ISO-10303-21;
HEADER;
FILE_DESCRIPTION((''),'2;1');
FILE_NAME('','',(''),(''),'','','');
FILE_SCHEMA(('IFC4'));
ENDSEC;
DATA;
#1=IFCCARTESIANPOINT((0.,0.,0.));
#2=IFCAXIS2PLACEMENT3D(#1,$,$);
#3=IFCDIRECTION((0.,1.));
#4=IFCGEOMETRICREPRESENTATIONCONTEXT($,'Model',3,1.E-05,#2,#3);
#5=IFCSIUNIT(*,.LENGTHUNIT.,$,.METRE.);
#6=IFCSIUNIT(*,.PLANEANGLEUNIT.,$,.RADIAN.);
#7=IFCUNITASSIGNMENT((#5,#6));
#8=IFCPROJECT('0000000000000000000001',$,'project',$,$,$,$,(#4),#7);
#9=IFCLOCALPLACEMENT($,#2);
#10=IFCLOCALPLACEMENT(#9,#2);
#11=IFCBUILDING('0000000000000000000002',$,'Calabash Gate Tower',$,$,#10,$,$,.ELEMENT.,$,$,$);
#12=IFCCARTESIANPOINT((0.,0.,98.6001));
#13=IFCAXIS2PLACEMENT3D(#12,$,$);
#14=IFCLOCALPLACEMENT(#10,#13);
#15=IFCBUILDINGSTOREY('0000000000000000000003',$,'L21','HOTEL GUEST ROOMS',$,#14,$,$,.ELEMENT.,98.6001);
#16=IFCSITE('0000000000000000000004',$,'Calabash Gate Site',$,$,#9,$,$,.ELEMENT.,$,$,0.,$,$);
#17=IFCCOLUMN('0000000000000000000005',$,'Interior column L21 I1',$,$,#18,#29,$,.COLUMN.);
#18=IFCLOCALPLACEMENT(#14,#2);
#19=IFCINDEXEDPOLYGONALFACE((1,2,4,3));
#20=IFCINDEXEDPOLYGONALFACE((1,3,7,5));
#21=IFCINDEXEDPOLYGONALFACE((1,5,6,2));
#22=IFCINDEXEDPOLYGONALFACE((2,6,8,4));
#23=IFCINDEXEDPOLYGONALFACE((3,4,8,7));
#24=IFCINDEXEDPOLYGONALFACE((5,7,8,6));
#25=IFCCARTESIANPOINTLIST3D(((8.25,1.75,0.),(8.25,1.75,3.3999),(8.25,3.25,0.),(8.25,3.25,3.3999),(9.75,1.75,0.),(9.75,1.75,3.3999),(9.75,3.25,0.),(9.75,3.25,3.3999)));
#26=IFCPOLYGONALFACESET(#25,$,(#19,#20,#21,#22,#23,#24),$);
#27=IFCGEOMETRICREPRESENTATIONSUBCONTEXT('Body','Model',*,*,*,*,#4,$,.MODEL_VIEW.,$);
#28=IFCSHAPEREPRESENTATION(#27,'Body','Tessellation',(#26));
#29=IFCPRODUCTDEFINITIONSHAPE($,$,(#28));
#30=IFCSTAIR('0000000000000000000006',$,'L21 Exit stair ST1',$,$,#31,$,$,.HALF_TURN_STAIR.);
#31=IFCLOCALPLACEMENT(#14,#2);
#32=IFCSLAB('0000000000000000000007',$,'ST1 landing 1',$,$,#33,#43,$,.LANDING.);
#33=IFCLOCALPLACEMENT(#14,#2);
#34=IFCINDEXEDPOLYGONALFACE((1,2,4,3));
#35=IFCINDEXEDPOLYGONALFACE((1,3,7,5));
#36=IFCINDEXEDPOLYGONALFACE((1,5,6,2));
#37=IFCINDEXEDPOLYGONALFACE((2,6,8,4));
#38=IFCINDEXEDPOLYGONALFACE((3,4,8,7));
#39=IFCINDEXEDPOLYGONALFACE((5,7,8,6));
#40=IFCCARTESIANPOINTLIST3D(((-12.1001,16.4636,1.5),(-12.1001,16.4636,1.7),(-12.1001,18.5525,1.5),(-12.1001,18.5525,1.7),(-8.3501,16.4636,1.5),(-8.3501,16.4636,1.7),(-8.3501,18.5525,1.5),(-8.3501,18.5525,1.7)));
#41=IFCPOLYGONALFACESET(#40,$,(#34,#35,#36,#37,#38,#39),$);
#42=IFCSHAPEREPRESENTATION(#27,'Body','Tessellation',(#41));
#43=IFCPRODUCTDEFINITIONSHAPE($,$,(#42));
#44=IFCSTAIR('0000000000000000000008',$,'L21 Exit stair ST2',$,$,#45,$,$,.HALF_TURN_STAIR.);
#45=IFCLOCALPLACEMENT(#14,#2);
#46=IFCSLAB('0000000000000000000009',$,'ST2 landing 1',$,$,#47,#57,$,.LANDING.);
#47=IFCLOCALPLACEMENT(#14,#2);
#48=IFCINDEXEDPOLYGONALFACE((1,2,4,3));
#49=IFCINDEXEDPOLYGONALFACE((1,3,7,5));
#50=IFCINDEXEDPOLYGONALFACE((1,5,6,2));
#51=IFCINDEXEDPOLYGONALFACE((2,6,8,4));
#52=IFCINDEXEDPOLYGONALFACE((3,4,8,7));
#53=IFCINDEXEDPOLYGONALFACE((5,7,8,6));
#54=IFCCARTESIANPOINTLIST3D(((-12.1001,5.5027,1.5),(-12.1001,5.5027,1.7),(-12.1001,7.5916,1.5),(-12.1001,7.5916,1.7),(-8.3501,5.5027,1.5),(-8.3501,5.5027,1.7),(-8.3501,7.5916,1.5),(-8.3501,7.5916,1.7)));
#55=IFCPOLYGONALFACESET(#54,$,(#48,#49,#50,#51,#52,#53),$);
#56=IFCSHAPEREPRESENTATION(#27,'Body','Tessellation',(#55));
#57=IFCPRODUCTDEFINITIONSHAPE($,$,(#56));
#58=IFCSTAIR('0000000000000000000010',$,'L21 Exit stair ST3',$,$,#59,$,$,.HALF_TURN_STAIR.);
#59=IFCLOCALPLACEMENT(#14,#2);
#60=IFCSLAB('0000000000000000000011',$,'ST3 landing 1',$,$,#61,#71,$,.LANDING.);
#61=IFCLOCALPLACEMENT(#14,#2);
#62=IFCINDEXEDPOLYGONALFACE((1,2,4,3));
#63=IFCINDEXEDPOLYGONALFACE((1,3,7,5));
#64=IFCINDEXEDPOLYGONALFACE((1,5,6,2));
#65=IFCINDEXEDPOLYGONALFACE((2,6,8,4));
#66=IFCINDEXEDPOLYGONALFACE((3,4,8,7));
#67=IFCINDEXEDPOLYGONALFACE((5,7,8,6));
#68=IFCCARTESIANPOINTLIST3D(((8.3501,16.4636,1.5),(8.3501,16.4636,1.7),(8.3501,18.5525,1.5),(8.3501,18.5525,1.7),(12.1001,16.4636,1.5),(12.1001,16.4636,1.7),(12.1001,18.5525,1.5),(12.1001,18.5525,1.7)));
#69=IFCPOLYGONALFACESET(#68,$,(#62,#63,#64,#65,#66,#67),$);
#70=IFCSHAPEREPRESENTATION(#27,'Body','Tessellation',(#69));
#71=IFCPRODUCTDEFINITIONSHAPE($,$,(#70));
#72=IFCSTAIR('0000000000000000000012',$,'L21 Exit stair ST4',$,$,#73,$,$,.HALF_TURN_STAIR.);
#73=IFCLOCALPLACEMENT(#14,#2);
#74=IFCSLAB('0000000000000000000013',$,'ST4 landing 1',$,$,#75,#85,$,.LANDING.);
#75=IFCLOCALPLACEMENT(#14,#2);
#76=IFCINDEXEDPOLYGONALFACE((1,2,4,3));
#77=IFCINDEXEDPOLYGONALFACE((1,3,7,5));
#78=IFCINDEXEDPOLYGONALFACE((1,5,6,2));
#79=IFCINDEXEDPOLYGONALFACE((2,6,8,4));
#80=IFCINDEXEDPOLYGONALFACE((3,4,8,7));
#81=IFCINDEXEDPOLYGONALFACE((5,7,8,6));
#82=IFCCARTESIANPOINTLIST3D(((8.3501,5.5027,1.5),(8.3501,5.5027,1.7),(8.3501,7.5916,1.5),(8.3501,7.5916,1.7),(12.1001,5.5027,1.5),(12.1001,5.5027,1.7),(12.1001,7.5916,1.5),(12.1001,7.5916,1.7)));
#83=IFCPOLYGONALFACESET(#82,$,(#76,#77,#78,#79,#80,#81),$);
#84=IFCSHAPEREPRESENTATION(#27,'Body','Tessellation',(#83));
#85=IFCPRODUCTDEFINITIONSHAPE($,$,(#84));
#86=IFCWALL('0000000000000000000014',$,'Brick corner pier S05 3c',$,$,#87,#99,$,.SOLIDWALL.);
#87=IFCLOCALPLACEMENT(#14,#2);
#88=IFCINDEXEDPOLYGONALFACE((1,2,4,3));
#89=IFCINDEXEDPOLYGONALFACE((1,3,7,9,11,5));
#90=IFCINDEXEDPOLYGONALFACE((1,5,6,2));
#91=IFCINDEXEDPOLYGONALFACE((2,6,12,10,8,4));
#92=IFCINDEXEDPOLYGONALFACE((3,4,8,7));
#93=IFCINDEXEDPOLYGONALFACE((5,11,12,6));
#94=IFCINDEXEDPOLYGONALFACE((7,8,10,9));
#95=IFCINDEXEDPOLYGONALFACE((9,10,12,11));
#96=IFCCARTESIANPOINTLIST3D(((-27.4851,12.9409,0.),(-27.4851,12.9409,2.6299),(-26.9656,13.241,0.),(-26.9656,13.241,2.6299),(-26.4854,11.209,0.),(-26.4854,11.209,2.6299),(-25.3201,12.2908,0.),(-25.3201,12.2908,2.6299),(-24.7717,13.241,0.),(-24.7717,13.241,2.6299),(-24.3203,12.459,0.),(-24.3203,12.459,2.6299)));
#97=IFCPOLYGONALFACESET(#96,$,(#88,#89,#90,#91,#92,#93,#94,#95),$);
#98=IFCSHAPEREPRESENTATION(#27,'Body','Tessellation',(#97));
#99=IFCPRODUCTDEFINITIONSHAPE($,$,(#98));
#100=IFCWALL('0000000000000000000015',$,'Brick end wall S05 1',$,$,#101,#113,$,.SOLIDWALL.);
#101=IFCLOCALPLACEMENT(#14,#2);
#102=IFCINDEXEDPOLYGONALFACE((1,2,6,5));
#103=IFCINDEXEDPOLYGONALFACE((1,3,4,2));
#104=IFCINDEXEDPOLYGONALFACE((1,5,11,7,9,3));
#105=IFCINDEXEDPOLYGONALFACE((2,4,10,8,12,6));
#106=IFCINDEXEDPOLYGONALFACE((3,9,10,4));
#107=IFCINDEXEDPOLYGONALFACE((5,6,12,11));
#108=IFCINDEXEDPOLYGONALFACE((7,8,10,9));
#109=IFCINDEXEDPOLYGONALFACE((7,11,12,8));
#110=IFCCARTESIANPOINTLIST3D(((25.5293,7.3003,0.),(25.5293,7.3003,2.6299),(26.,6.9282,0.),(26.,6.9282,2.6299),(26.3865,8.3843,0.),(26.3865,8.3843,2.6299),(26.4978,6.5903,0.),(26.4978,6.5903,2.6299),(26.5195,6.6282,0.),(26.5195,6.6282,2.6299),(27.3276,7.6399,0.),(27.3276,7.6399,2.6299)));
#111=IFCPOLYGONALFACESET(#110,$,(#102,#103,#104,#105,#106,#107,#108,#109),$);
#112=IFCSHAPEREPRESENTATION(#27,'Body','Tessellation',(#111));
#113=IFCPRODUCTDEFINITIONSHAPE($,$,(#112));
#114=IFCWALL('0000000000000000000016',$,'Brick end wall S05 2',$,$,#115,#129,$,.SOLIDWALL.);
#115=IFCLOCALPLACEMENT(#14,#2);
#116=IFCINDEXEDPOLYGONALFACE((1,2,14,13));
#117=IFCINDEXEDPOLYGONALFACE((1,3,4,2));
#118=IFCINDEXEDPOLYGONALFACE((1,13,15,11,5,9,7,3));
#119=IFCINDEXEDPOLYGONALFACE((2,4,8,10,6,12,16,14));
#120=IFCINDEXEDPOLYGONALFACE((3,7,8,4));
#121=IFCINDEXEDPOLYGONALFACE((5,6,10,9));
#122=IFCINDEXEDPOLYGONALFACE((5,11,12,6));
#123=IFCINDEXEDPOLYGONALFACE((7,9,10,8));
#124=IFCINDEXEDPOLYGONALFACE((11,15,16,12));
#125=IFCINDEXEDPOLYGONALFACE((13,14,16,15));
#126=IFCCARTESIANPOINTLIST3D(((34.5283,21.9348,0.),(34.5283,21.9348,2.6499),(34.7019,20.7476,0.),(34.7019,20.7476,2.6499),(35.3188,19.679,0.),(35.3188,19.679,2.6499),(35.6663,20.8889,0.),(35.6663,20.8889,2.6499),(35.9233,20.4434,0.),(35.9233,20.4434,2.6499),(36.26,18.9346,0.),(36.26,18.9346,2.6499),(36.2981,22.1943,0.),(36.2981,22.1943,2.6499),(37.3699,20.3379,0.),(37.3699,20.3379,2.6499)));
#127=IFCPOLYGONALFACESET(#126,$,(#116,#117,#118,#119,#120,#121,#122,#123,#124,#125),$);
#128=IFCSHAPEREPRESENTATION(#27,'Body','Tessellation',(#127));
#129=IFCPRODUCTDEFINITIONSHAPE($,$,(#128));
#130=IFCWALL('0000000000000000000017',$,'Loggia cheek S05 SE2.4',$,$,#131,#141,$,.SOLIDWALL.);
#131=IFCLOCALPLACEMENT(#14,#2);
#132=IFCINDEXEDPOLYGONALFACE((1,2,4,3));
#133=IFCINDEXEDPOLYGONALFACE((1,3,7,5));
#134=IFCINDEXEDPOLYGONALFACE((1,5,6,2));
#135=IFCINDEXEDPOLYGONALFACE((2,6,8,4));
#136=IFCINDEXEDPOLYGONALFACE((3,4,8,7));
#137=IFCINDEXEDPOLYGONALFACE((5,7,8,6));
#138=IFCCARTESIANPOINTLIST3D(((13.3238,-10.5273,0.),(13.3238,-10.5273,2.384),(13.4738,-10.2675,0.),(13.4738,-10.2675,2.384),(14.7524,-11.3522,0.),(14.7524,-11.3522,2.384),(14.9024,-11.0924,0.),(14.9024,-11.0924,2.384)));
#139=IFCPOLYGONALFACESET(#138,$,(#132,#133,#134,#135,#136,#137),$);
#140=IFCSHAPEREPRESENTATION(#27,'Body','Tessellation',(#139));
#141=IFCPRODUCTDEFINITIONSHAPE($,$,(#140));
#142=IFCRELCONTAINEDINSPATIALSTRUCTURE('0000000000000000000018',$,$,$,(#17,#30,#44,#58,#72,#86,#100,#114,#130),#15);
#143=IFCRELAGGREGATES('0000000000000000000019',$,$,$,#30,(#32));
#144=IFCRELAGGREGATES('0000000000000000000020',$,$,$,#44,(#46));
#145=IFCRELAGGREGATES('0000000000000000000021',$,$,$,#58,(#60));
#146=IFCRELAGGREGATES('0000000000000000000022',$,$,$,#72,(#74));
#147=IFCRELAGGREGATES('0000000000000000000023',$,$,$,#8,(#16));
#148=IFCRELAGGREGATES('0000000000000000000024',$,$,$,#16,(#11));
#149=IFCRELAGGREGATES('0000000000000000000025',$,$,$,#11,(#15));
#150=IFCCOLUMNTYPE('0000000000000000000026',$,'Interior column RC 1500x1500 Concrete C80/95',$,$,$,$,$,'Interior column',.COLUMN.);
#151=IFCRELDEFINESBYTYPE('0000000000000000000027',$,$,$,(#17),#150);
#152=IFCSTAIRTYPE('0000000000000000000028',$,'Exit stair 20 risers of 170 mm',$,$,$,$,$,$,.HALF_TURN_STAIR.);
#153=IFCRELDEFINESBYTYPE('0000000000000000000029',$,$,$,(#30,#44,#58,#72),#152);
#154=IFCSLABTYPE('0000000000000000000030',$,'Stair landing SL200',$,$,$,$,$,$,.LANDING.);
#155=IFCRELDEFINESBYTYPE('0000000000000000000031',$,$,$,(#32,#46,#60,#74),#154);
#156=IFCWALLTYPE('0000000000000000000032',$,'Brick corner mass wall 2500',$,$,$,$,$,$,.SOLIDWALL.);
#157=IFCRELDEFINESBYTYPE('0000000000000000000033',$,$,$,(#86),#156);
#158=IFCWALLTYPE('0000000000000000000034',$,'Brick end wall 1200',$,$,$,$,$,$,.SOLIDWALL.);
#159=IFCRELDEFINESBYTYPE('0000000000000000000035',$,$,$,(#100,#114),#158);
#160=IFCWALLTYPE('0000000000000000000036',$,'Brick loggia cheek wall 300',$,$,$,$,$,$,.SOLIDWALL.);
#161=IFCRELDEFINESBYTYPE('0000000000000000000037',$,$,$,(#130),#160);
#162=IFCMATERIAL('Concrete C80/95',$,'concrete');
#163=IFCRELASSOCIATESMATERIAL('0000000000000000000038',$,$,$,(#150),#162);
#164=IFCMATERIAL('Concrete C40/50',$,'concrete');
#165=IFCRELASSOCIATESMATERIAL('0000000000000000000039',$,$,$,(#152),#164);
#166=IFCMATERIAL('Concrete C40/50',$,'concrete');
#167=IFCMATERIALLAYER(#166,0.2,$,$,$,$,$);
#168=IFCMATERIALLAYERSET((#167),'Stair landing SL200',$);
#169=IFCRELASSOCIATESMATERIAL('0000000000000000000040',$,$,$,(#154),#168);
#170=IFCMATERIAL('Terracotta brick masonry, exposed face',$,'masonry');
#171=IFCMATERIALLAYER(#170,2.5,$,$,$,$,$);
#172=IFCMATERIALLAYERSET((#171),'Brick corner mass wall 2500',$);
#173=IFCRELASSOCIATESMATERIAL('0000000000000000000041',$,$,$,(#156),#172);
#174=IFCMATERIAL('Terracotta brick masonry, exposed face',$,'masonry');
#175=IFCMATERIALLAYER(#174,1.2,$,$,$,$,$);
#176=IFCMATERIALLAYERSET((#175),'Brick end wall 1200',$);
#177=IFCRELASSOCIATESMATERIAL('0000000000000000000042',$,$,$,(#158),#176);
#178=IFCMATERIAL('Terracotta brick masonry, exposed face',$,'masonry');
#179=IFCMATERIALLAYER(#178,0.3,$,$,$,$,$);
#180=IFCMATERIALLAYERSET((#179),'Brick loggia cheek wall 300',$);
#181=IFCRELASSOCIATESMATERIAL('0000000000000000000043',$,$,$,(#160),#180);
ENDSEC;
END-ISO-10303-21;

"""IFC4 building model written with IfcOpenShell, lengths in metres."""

from ifc_helpers import new_model, si_unit, direction, frame, frame_2d, origin, origin_2d, place, context, subcontext, project, spatial, polyline, rectangle, outline, extrude, material, layer, layer_set, material_profile, profile_set, type_object, element, aggregate, save


model = new_model("IFC4")

# Units and contexts
model_context = context("Model", 3, precision=1e-05, world=origin(), true_north=direction((0.0, 1.0)))
body_context = subcontext(model_context, "Body", "Model", "MODEL_VIEW")
ifc_project = project(units=[si_unit("LENGTHUNIT", "METRE"), si_unit("PLANEANGLEUNIT", "RADIAN")], contexts=[model_context])

# Site, building, storey
site_placement = place(None, origin())
site = spatial("IfcSite", under=ifc_project, at=site_placement, Name="Calabash Gate Site", CompositionType="ELEMENT", RefElevation=0.0)
building_placement = place(site_placement, origin())
building = spatial("IfcBuilding", under=site, at=building_placement, Name="Calabash Gate Tower", CompositionType="ELEMENT")
storey_placement = place(building_placement, frame((0.0, 0.0, 98.6001)))
storey = spatial("IfcBuildingStorey", under=building, at=storey_placement, Name="L21", Description="HOTEL GUEST ROOMS", CompositionType="ELEMENT", Elevation=98.6001)

# Column
ifc_material_1 = material(Name="Concrete C80/95", Category="concrete")
ifc_material_profile = material_profile(ifc_material_1, rectangle(XDim=1.5, YDim=1.5, at=origin_2d()))
ifc_profile_set = profile_set([ifc_material_profile], Name="Concrete C80/95")
column_type = type_object("IfcColumnType", Name="Interior column RC 1500x1500 Concrete C80/95", ElementType="Interior column", PredefinedType="COLUMN", material=ifc_profile_set)
column_placement = place(storey_placement, frame((9.0, 2.5, 0.0), z_axis=(0.0, 0.0, 1.0), x_axis=(1.0, 0.0, 0.0)))
element("IfcColumn", 1, at=column_placement, inside=storey, type_object=column_type, Name="Interior column L21 I1", PredefinedType="COLUMN", context=body_context, shape_type="SweptSolid", body=[
    extrude(rectangle(XDim=1.5, YDim=1.5, at=origin_2d()), origin(), (0.0, 0.0, 1.0), 3.3999),
])

# Stairs, slabs
ifc_material_2 = material(Name="Concrete C40/50", Category="concrete")
stair_type = type_object("IfcStairType", Name="Exit stair 20 risers of 170 mm", PredefinedType="HALF_TURN_STAIR", material=ifc_material_2)
stair_1_placement = place(storey_placement, origin())
stair_1 = element("IfcStair", 2, at=stair_1_placement, inside=storey, type_object=stair_type, Name="L21 Exit stair ST1", PredefinedType="HALF_TURN_STAIR")
ifc_material_3 = material(Name="Concrete C40/50", Category="concrete")
ifc_layer_1 = layer(ifc_material_3, 0.2)
ifc_layer_set_1 = layer_set([ifc_layer_1], Name="Stair landing SL200")
slab_type = type_object("IfcSlabType", Name="Stair landing SL200", PredefinedType="LANDING", material=ifc_layer_set_1)
slab_1_placement = place(storey_placement, frame((0.0, 0.0, 1.5)))
slab_1 = element("IfcSlab", 3, at=slab_1_placement, type_object=slab_type, Name="ST1 landing 1", PredefinedType="LANDING", context=body_context, shape_type="SweptSolid", body=[
    extrude(outline(polyline([(-8.3501, 16.4636), (-8.3501, 18.5525), (-12.1001, 18.5525), (-12.1001, 16.4636), (-8.3501, 16.4636)])), origin(), (0.0, 0.0, 1.0), 0.2),
])
aggregate(stair_1, [slab_1])
stair_2_placement = place(storey_placement, origin())
stair_2 = element("IfcStair", 4, at=stair_2_placement, inside=storey, type_object=stair_type, Name="L21 Exit stair ST2", PredefinedType="HALF_TURN_STAIR")
slab_2_placement = place(storey_placement, frame((0.0, 0.0, 1.5)))
slab_2 = element("IfcSlab", 5, at=slab_2_placement, type_object=slab_type, Name="ST2 landing 1", PredefinedType="LANDING", context=body_context, shape_type="SweptSolid", body=[
    extrude(outline(polyline([(-12.1001, 7.5916), (-12.1001, 5.5027), (-8.3501, 5.5027), (-8.3501, 7.5916), (-12.1001, 7.5916)])), origin(), (0.0, 0.0, 1.0), 0.2),
])
aggregate(stair_2, [slab_2])
stair_3_placement = place(storey_placement, origin())
stair_3 = element("IfcStair", 6, at=stair_3_placement, inside=storey, type_object=stair_type, Name="L21 Exit stair ST3", PredefinedType="HALF_TURN_STAIR")
slab_3_placement = place(storey_placement, frame((0.0, 0.0, 1.5)))
slab_3 = element("IfcSlab", 7, at=slab_3_placement, type_object=slab_type, Name="ST3 landing 1", PredefinedType="LANDING", context=body_context, shape_type="SweptSolid", body=[
    extrude(outline(polyline([(12.1001, 16.4636), (12.1001, 18.5525), (8.3501, 18.5525), (8.3501, 16.4636), (12.1001, 16.4636)])), origin(), (0.0, 0.0, 1.0), 0.2),
])
aggregate(stair_3, [slab_3])
stair_4_placement = place(storey_placement, origin())
stair_4 = element("IfcStair", 8, at=stair_4_placement, inside=storey, type_object=stair_type, Name="L21 Exit stair ST4", PredefinedType="HALF_TURN_STAIR")
slab_4_placement = place(storey_placement, frame((0.0, 0.0, 1.5)))
slab_4 = element("IfcSlab", 9, at=slab_4_placement, type_object=slab_type, Name="ST4 landing 1", PredefinedType="LANDING", context=body_context, shape_type="SweptSolid", body=[
    extrude(outline(polyline([(8.3501, 7.5916), (8.3501, 5.5027), (12.1001, 5.5027), (12.1001, 7.5916), (8.3501, 7.5916)])), origin(), (0.0, 0.0, 1.0), 0.2),
])
aggregate(stair_4, [slab_4])

# Walls
ifc_material_4 = material(Name="Terracotta brick masonry, exposed face", Category="masonry")
ifc_layer_2 = layer(ifc_material_4, 2.5)
ifc_layer_set_2 = layer_set([ifc_layer_2], Name="Brick corner mass wall 2500")
wall_type_1 = type_object("IfcWallType", Name="Brick corner mass wall 2500", PredefinedType="SOLIDWALL", material=ifc_layer_set_2)
wall_1_placement = place(storey_placement, origin())
element("IfcWall", 10, at=wall_1_placement, inside=storey, type_object=wall_type_1, Name="Brick corner pier S05 3c", PredefinedType="SOLIDWALL", context=body_context, shape_type="SweptSolid", body=[
    extrude(outline(polyline([(-24.7717, 13.241), (-25.3201, 12.2908), (-26.9656, 13.241), (-27.4851, 12.9409), (-26.4854, 11.209), (-24.3203, 12.459), (-24.7717, 13.241)])), origin(), (0.0, 0.0, 1.0), 2.6299),
])
ifc_material_5 = material(Name="Terracotta brick masonry, exposed face", Category="masonry")
ifc_layer_3 = layer(ifc_material_5, 1.2)
ifc_layer_set_3 = layer_set([ifc_layer_3], Name="Brick end wall 1200")
wall_type_2 = type_object("IfcWallType", Name="Brick end wall 1200", PredefinedType="SOLIDWALL", material=ifc_layer_set_3)
wall_2_placement = place(storey_placement, origin())
element("IfcWall", 11, at=wall_2_placement, inside=storey, type_object=wall_type_2, Name="Brick end wall S05 1", PredefinedType="SOLIDWALL", context=body_context, shape_type="SweptSolid", body=[
    extrude(outline(polyline([(26.3865, 8.3843), (25.5293, 7.3003), (26.0, 6.9282), (26.5195, 6.6282), (26.4978, 6.5903), (27.3276, 7.6399), (26.3865, 8.3843)])), origin(), (0.0, 0.0, 1.0), 2.6299),
])
wall_3_placement = place(storey_placement, origin())
element("IfcWall", 12, at=wall_3_placement, inside=storey, type_object=wall_type_2, Name="Brick end wall S05 2", PredefinedType="SOLIDWALL", context=body_context, shape_type="SweptSolid", body=[
    extrude(outline(polyline([(35.9233, 20.4434), (35.3188, 19.679), (36.26, 18.9346), (37.3699, 20.3379), (36.2981, 22.1943), (34.5283, 21.9348), (34.7019, 20.7476), (35.6663, 20.8889), (35.9233, 20.4434)])), origin(), (0.0, 0.0, 1.0), 2.6499),
])
ifc_material_6 = material(Name="Terracotta brick masonry, exposed face", Category="masonry")
ifc_layer_4 = layer(ifc_material_6, 0.3)
ifc_layer_set_4 = layer_set([ifc_layer_4], Name="Brick loggia cheek wall 300")
wall_type_3 = type_object("IfcWallType", Name="Brick loggia cheek wall 300", PredefinedType="SOLIDWALL", material=ifc_layer_set_4)
wall_4_placement = place(storey_placement, frame((13.3989, -10.3975, 0.0), z_axis=(0.0, 0.0, 1.0), x_axis=(0.866003, -0.500038, 0.0)))
element("IfcWall", 13, at=wall_4_placement, inside=storey, type_object=wall_type_3, Name="Loggia cheek S05 SE2.4", PredefinedType="SOLIDWALL", context=body_context, shape_type="SweptSolid", body=[
    extrude(rectangle(XDim=1.6497, YDim=0.3, at=frame_2d((0.8247, 0.0))), origin(), (0.0, 0.0, 1.0), 2.384),
])

save(model, "model.ifc")
